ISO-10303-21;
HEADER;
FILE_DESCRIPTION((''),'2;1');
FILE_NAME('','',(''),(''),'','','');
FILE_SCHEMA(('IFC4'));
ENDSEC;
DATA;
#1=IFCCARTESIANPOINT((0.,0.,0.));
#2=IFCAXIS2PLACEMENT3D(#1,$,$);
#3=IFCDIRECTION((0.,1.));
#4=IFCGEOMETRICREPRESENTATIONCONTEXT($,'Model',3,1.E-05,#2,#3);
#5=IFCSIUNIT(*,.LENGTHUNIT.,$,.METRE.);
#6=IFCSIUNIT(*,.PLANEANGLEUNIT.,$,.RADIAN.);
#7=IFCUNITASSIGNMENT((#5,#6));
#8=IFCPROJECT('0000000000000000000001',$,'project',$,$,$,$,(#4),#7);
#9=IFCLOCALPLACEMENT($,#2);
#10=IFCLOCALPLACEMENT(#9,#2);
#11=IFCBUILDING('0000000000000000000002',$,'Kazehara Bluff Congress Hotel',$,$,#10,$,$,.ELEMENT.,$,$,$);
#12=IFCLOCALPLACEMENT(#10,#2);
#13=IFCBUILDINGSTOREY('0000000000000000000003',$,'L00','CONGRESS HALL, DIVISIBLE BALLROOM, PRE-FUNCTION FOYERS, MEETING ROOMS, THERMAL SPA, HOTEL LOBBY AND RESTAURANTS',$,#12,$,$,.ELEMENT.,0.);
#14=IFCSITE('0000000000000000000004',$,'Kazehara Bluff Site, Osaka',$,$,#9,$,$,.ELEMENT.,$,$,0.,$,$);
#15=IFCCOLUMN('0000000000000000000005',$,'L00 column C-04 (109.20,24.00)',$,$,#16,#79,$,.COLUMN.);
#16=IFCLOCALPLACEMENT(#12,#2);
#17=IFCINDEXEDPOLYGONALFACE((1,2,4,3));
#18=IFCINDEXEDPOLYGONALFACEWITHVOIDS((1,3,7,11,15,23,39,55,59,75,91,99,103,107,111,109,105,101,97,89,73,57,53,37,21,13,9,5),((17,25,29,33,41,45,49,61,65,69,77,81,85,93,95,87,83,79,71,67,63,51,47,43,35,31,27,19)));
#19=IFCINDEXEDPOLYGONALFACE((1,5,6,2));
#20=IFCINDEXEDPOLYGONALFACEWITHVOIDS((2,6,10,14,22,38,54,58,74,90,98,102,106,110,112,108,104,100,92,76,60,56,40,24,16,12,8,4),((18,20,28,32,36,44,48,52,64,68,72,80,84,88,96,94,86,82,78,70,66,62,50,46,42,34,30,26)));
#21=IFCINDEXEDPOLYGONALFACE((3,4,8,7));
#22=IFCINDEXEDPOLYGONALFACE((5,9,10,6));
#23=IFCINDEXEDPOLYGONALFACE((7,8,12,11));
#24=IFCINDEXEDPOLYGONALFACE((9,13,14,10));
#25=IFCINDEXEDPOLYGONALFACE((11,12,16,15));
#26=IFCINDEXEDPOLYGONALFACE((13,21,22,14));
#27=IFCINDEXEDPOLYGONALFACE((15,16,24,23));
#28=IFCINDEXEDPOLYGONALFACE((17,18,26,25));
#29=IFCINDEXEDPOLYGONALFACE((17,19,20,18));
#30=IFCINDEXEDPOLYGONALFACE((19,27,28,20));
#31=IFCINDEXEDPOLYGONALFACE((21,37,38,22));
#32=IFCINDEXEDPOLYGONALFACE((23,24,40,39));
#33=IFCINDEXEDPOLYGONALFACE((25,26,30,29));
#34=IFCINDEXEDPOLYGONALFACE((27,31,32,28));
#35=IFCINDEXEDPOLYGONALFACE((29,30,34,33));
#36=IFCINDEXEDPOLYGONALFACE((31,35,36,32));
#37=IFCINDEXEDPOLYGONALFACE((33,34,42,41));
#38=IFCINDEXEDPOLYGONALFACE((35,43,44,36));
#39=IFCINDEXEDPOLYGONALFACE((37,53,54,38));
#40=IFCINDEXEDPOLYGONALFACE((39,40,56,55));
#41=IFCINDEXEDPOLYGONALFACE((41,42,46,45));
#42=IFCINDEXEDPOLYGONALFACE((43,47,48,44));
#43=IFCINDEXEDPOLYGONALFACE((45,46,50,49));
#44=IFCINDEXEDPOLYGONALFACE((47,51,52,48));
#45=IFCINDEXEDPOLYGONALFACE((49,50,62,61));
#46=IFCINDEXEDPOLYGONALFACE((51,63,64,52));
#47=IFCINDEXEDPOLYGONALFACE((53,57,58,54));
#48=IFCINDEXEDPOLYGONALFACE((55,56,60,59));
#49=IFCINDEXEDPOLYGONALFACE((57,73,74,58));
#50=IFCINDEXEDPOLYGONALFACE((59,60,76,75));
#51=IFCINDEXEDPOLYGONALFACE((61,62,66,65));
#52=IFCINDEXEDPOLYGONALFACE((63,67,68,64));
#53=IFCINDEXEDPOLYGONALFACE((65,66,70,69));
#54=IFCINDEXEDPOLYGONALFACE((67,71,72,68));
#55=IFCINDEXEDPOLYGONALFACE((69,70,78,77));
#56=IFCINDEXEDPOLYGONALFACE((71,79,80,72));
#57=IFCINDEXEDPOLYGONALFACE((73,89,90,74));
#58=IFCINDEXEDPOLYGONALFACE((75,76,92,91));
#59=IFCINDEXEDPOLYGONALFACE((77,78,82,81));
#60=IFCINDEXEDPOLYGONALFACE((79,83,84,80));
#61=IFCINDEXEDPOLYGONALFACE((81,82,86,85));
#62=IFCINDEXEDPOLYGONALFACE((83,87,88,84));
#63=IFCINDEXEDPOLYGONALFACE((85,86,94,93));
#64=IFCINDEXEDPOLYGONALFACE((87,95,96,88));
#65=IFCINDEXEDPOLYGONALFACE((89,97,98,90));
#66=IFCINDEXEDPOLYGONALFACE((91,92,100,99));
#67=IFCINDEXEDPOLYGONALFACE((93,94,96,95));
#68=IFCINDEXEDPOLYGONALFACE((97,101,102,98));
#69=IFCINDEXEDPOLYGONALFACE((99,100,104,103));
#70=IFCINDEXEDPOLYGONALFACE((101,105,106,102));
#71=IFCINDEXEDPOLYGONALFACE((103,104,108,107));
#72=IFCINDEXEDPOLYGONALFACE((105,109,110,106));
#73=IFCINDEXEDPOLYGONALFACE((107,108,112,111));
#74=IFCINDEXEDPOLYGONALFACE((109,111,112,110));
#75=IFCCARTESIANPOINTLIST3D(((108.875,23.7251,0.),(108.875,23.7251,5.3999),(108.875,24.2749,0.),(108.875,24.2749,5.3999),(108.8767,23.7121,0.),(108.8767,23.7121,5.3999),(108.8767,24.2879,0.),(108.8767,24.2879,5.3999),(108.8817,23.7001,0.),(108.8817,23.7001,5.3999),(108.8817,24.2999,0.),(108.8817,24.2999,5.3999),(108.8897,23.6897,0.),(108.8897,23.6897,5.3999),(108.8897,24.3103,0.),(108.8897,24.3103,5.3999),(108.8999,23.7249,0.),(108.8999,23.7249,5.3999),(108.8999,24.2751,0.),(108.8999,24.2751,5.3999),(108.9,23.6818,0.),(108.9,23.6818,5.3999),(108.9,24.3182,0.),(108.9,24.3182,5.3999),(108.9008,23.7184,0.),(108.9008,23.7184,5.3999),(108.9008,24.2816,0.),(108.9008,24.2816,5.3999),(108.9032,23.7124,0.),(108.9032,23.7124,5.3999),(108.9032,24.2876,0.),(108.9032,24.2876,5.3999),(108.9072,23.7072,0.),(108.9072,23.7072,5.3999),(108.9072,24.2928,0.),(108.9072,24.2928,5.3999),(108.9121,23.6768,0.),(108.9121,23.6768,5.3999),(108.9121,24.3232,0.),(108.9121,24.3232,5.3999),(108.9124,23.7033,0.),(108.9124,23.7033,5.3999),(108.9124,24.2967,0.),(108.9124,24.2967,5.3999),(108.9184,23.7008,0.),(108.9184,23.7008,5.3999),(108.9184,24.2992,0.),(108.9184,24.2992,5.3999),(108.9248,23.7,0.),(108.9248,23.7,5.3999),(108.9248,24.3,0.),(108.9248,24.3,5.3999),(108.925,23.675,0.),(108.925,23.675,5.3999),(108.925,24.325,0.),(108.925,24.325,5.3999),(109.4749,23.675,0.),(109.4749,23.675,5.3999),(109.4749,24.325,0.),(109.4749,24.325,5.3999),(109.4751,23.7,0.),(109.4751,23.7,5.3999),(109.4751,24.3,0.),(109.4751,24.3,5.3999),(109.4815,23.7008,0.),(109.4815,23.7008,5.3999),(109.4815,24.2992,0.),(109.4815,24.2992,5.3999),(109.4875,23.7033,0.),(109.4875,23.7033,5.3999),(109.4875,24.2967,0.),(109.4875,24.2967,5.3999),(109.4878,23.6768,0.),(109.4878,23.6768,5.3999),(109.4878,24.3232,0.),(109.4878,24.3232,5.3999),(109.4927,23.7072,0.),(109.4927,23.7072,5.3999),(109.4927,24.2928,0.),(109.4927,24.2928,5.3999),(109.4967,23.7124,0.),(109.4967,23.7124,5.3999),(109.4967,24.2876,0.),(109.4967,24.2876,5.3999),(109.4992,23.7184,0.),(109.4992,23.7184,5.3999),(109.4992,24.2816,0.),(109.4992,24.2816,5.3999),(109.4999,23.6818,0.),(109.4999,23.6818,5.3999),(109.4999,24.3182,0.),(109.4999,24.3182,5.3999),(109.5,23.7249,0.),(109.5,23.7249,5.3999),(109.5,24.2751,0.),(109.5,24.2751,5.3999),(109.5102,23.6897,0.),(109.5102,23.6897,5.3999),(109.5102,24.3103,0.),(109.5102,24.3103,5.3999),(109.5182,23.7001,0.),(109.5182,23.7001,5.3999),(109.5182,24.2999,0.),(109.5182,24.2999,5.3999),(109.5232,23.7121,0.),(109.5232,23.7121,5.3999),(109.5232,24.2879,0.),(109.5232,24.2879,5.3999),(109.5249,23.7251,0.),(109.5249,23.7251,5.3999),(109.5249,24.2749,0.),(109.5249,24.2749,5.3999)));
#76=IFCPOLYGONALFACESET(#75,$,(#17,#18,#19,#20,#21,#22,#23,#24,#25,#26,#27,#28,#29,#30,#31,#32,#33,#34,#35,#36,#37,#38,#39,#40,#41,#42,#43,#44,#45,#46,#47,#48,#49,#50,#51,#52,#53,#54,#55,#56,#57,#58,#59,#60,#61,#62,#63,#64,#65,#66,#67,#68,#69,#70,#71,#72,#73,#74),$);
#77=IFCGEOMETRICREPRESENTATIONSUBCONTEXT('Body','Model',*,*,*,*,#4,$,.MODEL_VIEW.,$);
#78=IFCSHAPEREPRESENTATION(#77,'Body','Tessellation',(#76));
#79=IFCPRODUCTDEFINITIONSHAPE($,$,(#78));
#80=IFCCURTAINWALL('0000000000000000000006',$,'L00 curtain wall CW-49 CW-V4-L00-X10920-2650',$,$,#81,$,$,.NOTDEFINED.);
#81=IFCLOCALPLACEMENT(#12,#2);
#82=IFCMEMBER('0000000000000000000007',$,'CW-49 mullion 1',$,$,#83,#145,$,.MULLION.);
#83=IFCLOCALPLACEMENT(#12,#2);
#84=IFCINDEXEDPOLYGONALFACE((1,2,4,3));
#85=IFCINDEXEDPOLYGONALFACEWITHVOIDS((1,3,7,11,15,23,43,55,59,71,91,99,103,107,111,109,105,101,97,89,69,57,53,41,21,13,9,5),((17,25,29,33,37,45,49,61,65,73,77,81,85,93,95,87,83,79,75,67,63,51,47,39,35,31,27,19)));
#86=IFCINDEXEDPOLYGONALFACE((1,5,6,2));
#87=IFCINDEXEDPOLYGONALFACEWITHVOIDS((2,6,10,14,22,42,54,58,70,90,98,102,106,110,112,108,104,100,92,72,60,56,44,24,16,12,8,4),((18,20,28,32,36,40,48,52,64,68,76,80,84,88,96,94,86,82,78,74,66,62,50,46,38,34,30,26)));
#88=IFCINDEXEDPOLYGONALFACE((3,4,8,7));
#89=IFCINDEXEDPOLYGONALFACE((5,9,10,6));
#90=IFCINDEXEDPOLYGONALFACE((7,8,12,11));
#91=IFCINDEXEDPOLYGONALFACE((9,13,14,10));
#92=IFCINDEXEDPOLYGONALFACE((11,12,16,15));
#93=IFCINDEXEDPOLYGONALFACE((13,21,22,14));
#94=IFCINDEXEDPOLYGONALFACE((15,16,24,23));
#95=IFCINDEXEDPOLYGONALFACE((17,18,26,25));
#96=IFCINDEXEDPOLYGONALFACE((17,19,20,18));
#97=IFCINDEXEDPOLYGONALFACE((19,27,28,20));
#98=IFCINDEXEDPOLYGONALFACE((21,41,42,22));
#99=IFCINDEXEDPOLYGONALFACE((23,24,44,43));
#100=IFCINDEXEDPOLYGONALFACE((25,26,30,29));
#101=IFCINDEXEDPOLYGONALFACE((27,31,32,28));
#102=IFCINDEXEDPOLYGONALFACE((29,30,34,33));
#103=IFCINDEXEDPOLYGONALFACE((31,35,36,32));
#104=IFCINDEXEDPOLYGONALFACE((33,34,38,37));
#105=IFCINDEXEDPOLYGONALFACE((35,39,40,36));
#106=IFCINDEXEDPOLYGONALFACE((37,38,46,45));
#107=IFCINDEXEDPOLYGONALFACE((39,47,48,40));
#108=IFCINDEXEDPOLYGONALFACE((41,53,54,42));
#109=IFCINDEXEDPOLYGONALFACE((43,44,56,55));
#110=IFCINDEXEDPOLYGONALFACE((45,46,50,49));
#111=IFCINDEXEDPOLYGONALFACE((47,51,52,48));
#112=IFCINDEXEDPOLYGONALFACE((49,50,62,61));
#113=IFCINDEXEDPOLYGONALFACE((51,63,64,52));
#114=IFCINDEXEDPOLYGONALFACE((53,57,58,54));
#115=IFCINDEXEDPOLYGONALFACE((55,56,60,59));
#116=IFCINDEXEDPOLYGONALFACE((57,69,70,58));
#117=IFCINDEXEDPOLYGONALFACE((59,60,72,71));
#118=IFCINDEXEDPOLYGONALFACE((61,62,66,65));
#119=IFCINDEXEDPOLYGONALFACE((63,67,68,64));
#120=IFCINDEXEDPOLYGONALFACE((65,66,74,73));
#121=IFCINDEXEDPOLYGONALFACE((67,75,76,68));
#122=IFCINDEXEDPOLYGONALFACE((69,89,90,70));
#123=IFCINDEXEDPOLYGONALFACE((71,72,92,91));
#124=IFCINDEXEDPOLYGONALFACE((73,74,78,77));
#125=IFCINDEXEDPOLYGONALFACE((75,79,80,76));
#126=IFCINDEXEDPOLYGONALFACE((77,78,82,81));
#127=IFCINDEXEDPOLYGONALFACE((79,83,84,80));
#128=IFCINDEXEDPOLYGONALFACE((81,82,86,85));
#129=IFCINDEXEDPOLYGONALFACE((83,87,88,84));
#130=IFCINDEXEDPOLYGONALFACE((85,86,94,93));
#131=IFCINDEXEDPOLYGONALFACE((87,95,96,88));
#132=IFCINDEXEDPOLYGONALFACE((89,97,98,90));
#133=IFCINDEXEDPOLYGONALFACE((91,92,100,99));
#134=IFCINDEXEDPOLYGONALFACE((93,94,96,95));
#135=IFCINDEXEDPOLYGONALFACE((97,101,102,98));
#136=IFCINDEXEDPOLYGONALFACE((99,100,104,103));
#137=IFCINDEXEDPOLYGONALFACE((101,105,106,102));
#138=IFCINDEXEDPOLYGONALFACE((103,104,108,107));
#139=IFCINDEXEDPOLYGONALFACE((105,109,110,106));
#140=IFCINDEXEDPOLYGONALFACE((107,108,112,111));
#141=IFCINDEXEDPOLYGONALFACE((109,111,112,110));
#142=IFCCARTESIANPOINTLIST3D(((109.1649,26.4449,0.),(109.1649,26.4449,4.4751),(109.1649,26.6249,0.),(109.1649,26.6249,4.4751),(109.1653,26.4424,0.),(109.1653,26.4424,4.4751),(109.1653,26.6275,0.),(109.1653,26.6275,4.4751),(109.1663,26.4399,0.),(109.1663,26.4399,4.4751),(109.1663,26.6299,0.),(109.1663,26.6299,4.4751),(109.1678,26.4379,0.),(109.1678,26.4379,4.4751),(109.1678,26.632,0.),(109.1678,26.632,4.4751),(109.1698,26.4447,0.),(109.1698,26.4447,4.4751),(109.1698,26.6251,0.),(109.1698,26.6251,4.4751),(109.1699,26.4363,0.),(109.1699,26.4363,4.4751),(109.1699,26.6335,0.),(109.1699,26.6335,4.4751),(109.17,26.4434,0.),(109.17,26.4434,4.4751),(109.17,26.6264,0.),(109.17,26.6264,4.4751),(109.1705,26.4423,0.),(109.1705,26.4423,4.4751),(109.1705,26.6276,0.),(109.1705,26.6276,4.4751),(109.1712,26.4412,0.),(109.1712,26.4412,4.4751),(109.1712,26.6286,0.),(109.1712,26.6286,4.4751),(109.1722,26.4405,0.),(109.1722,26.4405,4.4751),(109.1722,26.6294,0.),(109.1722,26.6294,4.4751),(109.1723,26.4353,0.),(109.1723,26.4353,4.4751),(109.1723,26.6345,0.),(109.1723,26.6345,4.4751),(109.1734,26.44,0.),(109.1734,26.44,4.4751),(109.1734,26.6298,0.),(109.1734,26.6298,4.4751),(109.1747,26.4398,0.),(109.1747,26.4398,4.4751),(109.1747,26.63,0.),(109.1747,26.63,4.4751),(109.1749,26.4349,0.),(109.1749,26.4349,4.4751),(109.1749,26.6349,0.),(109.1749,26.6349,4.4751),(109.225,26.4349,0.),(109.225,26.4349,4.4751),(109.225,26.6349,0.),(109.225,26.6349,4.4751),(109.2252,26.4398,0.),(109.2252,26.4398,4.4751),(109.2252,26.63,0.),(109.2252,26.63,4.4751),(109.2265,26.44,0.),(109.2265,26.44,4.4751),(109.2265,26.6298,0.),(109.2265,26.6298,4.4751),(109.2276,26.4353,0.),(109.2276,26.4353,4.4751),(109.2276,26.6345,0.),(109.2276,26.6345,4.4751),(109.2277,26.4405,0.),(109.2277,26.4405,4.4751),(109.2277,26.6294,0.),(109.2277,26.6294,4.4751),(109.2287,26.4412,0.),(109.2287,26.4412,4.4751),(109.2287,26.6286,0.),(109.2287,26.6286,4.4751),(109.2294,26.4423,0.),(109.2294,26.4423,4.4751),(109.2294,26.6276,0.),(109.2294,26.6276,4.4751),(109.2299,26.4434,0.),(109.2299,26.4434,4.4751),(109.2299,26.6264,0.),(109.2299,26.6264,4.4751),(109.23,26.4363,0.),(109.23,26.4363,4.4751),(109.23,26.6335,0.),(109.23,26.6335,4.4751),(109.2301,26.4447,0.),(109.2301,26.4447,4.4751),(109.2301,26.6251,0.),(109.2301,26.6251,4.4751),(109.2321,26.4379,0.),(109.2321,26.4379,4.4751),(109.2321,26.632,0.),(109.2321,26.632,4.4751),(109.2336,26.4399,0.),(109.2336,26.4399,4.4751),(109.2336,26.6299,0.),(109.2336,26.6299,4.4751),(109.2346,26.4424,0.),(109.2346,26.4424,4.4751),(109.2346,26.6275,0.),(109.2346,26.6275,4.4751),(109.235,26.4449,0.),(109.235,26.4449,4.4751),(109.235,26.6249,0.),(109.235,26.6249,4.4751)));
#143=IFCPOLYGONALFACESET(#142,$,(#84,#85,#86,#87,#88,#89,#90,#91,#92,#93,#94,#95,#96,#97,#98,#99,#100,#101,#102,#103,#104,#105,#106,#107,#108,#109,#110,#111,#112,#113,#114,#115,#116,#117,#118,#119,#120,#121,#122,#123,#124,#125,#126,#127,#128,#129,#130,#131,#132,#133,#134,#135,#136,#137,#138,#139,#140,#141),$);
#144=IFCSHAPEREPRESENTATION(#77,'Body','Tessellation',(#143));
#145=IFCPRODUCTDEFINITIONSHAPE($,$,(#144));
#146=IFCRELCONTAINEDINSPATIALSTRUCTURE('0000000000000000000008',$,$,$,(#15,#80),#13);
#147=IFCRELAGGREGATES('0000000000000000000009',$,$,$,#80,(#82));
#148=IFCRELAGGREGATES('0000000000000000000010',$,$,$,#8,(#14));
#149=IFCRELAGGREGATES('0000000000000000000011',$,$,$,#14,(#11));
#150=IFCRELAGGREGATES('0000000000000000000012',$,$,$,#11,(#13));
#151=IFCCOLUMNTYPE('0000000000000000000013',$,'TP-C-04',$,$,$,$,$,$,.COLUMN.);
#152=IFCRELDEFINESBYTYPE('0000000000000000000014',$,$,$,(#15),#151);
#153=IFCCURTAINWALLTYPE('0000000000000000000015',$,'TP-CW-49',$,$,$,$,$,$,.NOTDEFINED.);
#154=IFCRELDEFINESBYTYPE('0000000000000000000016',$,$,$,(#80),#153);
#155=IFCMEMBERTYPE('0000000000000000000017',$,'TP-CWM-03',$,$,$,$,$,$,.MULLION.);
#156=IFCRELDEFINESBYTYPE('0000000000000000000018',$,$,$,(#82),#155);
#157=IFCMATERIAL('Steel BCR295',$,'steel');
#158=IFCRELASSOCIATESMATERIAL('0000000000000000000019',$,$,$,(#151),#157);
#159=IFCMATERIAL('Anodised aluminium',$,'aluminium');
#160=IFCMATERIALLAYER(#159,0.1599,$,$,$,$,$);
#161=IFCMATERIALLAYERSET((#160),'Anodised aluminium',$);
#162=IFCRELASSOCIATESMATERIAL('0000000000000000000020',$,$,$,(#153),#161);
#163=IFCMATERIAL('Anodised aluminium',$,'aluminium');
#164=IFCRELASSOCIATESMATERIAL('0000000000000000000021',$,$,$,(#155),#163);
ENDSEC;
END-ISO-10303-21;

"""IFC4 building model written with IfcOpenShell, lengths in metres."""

from ifc_helpers import new_model, si_unit, direction, frame, origin, origin_2d, place, context, subcontext, project, spatial, hollow_rectangle, extrude, material, layer, layer_set, material_profile, profile_set, type_object, element, aggregate, save


model = new_model("IFC4")

# Units and contexts
model_context = context("Model", 3, precision=1e-05, world=origin(), true_north=direction((0.0, 1.0)))
body_context = subcontext(model_context, "Body", "Model", "MODEL_VIEW")
ifc_project = project(units=[si_unit("LENGTHUNIT", "METRE"), si_unit("PLANEANGLEUNIT", "RADIAN")], contexts=[model_context])

# Site, building, storey
site_placement = place(None, origin())
site = spatial("IfcSite", under=ifc_project, at=site_placement, Name="Kazehara Bluff Site, Osaka", CompositionType="ELEMENT", RefElevation=0.0)
building_placement = place(site_placement, origin())
building = spatial("IfcBuilding", under=site, at=building_placement, Name="Kazehara Bluff Congress Hotel", CompositionType="ELEMENT")
storey_placement = place(building_placement, origin())
storey = spatial("IfcBuildingStorey", under=building, at=storey_placement, Name="L00", Description="CONGRESS HALL, DIVISIBLE BALLROOM, PRE-FUNCTION FOYERS, MEETING ROOMS, THERMAL SPA, HOTEL LOBBY AND RESTAURANTS", CompositionType="ELEMENT", Elevation=0.0)

# Column
ifc_material_1 = material(Name="Steel BCR295", Category="steel")
ifc_material_profile_1 = material_profile(ifc_material_1, hollow_rectangle(XDim=0.6499, YDim=0.6499, WallThickness=0.0249, InnerFilletRadius=0.0249, OuterFilletRadius=0.05, at=origin_2d()))
ifc_profile_set_1 = profile_set([ifc_material_profile_1], Name="Steel BCR295")
column_type = type_object("IfcColumnType", Name="TP-C-04", PredefinedType="COLUMN", material=ifc_profile_set_1)
column_placement = place(storey_placement, frame((109.2, 24.0, 0.0), z_axis=(0.0, 0.0, 1.0), x_axis=(1.0, 0.0, 0.0)))
element("IfcColumn", 1, at=column_placement, inside=storey, type_object=column_type, Name="L00 column C-04 (109.20,24.00)", PredefinedType="COLUMN", context=body_context, shape_type="SweptSolid", body=[
    extrude(hollow_rectangle(XDim=0.6499, YDim=0.6499, WallThickness=0.0249, InnerFilletRadius=0.0249, OuterFilletRadius=0.05, at=origin_2d()), origin(), (0.0, 0.0, 1.0), 5.3999),
])

# Curtain wall, member
ifc_material_2 = material(Name="Anodised aluminium", Category="aluminium")
ifc_layer_1 = layer(ifc_material_2, 0.1599)
ifc_layer_set_1 = layer_set([ifc_layer_1], Name="Anodised aluminium")
curtain_wall_type = type_object("IfcCurtainWallType", Name="TP-CW-49", PredefinedType="NOTDEFINED", material=ifc_layer_set_1)
curtain_wall_placement = place(storey_placement, origin())
curtain_wall = element("IfcCurtainWall", 2, at=curtain_wall_placement, inside=storey, type_object=curtain_wall_type, Name="L00 curtain wall CW-49 CW-V4-L00-X10920-2650", PredefinedType="NOTDEFINED")
ifc_material_3 = material(Name="Anodised aluminium", Category="aluminium")
ifc_material_profile_2 = material_profile(ifc_material_3, hollow_rectangle(XDim=0.0701, YDim=0.2, WallThickness=0.0049, InnerFilletRadius=0.0049, OuterFilletRadius=0.01, at=origin_2d()))
ifc_profile_set_2 = profile_set([ifc_material_profile_2], Name="Anodised aluminium")
member_type_1 = type_object("IfcMemberType", Name="TP-CWM-03", PredefinedType="MULLION", material=ifc_profile_set_2)
member_1_placement = place(storey_placement, frame((109.2, 26.5349, 0.0), z_axis=(0.0, 0.0, 1.0), x_axis=(-1.0, 0.0, 0.0)))
member_1 = element("IfcMember", 3, at=member_1_placement, type_object=member_type_1, Name="CW-49 mullion 1", PredefinedType="MULLION", context=body_context, shape_type="SweptSolid", body=[
    extrude(hollow_rectangle(XDim=0.0701, YDim=0.2, WallThickness=0.0049, InnerFilletRadius=0.0049, OuterFilletRadius=0.01, at=origin_2d()), origin(), (0.0, 0.0, 1.0), 4.4751),
])

aggregate(curtain_wall, [member_1])

save(model, "model.ifc")
